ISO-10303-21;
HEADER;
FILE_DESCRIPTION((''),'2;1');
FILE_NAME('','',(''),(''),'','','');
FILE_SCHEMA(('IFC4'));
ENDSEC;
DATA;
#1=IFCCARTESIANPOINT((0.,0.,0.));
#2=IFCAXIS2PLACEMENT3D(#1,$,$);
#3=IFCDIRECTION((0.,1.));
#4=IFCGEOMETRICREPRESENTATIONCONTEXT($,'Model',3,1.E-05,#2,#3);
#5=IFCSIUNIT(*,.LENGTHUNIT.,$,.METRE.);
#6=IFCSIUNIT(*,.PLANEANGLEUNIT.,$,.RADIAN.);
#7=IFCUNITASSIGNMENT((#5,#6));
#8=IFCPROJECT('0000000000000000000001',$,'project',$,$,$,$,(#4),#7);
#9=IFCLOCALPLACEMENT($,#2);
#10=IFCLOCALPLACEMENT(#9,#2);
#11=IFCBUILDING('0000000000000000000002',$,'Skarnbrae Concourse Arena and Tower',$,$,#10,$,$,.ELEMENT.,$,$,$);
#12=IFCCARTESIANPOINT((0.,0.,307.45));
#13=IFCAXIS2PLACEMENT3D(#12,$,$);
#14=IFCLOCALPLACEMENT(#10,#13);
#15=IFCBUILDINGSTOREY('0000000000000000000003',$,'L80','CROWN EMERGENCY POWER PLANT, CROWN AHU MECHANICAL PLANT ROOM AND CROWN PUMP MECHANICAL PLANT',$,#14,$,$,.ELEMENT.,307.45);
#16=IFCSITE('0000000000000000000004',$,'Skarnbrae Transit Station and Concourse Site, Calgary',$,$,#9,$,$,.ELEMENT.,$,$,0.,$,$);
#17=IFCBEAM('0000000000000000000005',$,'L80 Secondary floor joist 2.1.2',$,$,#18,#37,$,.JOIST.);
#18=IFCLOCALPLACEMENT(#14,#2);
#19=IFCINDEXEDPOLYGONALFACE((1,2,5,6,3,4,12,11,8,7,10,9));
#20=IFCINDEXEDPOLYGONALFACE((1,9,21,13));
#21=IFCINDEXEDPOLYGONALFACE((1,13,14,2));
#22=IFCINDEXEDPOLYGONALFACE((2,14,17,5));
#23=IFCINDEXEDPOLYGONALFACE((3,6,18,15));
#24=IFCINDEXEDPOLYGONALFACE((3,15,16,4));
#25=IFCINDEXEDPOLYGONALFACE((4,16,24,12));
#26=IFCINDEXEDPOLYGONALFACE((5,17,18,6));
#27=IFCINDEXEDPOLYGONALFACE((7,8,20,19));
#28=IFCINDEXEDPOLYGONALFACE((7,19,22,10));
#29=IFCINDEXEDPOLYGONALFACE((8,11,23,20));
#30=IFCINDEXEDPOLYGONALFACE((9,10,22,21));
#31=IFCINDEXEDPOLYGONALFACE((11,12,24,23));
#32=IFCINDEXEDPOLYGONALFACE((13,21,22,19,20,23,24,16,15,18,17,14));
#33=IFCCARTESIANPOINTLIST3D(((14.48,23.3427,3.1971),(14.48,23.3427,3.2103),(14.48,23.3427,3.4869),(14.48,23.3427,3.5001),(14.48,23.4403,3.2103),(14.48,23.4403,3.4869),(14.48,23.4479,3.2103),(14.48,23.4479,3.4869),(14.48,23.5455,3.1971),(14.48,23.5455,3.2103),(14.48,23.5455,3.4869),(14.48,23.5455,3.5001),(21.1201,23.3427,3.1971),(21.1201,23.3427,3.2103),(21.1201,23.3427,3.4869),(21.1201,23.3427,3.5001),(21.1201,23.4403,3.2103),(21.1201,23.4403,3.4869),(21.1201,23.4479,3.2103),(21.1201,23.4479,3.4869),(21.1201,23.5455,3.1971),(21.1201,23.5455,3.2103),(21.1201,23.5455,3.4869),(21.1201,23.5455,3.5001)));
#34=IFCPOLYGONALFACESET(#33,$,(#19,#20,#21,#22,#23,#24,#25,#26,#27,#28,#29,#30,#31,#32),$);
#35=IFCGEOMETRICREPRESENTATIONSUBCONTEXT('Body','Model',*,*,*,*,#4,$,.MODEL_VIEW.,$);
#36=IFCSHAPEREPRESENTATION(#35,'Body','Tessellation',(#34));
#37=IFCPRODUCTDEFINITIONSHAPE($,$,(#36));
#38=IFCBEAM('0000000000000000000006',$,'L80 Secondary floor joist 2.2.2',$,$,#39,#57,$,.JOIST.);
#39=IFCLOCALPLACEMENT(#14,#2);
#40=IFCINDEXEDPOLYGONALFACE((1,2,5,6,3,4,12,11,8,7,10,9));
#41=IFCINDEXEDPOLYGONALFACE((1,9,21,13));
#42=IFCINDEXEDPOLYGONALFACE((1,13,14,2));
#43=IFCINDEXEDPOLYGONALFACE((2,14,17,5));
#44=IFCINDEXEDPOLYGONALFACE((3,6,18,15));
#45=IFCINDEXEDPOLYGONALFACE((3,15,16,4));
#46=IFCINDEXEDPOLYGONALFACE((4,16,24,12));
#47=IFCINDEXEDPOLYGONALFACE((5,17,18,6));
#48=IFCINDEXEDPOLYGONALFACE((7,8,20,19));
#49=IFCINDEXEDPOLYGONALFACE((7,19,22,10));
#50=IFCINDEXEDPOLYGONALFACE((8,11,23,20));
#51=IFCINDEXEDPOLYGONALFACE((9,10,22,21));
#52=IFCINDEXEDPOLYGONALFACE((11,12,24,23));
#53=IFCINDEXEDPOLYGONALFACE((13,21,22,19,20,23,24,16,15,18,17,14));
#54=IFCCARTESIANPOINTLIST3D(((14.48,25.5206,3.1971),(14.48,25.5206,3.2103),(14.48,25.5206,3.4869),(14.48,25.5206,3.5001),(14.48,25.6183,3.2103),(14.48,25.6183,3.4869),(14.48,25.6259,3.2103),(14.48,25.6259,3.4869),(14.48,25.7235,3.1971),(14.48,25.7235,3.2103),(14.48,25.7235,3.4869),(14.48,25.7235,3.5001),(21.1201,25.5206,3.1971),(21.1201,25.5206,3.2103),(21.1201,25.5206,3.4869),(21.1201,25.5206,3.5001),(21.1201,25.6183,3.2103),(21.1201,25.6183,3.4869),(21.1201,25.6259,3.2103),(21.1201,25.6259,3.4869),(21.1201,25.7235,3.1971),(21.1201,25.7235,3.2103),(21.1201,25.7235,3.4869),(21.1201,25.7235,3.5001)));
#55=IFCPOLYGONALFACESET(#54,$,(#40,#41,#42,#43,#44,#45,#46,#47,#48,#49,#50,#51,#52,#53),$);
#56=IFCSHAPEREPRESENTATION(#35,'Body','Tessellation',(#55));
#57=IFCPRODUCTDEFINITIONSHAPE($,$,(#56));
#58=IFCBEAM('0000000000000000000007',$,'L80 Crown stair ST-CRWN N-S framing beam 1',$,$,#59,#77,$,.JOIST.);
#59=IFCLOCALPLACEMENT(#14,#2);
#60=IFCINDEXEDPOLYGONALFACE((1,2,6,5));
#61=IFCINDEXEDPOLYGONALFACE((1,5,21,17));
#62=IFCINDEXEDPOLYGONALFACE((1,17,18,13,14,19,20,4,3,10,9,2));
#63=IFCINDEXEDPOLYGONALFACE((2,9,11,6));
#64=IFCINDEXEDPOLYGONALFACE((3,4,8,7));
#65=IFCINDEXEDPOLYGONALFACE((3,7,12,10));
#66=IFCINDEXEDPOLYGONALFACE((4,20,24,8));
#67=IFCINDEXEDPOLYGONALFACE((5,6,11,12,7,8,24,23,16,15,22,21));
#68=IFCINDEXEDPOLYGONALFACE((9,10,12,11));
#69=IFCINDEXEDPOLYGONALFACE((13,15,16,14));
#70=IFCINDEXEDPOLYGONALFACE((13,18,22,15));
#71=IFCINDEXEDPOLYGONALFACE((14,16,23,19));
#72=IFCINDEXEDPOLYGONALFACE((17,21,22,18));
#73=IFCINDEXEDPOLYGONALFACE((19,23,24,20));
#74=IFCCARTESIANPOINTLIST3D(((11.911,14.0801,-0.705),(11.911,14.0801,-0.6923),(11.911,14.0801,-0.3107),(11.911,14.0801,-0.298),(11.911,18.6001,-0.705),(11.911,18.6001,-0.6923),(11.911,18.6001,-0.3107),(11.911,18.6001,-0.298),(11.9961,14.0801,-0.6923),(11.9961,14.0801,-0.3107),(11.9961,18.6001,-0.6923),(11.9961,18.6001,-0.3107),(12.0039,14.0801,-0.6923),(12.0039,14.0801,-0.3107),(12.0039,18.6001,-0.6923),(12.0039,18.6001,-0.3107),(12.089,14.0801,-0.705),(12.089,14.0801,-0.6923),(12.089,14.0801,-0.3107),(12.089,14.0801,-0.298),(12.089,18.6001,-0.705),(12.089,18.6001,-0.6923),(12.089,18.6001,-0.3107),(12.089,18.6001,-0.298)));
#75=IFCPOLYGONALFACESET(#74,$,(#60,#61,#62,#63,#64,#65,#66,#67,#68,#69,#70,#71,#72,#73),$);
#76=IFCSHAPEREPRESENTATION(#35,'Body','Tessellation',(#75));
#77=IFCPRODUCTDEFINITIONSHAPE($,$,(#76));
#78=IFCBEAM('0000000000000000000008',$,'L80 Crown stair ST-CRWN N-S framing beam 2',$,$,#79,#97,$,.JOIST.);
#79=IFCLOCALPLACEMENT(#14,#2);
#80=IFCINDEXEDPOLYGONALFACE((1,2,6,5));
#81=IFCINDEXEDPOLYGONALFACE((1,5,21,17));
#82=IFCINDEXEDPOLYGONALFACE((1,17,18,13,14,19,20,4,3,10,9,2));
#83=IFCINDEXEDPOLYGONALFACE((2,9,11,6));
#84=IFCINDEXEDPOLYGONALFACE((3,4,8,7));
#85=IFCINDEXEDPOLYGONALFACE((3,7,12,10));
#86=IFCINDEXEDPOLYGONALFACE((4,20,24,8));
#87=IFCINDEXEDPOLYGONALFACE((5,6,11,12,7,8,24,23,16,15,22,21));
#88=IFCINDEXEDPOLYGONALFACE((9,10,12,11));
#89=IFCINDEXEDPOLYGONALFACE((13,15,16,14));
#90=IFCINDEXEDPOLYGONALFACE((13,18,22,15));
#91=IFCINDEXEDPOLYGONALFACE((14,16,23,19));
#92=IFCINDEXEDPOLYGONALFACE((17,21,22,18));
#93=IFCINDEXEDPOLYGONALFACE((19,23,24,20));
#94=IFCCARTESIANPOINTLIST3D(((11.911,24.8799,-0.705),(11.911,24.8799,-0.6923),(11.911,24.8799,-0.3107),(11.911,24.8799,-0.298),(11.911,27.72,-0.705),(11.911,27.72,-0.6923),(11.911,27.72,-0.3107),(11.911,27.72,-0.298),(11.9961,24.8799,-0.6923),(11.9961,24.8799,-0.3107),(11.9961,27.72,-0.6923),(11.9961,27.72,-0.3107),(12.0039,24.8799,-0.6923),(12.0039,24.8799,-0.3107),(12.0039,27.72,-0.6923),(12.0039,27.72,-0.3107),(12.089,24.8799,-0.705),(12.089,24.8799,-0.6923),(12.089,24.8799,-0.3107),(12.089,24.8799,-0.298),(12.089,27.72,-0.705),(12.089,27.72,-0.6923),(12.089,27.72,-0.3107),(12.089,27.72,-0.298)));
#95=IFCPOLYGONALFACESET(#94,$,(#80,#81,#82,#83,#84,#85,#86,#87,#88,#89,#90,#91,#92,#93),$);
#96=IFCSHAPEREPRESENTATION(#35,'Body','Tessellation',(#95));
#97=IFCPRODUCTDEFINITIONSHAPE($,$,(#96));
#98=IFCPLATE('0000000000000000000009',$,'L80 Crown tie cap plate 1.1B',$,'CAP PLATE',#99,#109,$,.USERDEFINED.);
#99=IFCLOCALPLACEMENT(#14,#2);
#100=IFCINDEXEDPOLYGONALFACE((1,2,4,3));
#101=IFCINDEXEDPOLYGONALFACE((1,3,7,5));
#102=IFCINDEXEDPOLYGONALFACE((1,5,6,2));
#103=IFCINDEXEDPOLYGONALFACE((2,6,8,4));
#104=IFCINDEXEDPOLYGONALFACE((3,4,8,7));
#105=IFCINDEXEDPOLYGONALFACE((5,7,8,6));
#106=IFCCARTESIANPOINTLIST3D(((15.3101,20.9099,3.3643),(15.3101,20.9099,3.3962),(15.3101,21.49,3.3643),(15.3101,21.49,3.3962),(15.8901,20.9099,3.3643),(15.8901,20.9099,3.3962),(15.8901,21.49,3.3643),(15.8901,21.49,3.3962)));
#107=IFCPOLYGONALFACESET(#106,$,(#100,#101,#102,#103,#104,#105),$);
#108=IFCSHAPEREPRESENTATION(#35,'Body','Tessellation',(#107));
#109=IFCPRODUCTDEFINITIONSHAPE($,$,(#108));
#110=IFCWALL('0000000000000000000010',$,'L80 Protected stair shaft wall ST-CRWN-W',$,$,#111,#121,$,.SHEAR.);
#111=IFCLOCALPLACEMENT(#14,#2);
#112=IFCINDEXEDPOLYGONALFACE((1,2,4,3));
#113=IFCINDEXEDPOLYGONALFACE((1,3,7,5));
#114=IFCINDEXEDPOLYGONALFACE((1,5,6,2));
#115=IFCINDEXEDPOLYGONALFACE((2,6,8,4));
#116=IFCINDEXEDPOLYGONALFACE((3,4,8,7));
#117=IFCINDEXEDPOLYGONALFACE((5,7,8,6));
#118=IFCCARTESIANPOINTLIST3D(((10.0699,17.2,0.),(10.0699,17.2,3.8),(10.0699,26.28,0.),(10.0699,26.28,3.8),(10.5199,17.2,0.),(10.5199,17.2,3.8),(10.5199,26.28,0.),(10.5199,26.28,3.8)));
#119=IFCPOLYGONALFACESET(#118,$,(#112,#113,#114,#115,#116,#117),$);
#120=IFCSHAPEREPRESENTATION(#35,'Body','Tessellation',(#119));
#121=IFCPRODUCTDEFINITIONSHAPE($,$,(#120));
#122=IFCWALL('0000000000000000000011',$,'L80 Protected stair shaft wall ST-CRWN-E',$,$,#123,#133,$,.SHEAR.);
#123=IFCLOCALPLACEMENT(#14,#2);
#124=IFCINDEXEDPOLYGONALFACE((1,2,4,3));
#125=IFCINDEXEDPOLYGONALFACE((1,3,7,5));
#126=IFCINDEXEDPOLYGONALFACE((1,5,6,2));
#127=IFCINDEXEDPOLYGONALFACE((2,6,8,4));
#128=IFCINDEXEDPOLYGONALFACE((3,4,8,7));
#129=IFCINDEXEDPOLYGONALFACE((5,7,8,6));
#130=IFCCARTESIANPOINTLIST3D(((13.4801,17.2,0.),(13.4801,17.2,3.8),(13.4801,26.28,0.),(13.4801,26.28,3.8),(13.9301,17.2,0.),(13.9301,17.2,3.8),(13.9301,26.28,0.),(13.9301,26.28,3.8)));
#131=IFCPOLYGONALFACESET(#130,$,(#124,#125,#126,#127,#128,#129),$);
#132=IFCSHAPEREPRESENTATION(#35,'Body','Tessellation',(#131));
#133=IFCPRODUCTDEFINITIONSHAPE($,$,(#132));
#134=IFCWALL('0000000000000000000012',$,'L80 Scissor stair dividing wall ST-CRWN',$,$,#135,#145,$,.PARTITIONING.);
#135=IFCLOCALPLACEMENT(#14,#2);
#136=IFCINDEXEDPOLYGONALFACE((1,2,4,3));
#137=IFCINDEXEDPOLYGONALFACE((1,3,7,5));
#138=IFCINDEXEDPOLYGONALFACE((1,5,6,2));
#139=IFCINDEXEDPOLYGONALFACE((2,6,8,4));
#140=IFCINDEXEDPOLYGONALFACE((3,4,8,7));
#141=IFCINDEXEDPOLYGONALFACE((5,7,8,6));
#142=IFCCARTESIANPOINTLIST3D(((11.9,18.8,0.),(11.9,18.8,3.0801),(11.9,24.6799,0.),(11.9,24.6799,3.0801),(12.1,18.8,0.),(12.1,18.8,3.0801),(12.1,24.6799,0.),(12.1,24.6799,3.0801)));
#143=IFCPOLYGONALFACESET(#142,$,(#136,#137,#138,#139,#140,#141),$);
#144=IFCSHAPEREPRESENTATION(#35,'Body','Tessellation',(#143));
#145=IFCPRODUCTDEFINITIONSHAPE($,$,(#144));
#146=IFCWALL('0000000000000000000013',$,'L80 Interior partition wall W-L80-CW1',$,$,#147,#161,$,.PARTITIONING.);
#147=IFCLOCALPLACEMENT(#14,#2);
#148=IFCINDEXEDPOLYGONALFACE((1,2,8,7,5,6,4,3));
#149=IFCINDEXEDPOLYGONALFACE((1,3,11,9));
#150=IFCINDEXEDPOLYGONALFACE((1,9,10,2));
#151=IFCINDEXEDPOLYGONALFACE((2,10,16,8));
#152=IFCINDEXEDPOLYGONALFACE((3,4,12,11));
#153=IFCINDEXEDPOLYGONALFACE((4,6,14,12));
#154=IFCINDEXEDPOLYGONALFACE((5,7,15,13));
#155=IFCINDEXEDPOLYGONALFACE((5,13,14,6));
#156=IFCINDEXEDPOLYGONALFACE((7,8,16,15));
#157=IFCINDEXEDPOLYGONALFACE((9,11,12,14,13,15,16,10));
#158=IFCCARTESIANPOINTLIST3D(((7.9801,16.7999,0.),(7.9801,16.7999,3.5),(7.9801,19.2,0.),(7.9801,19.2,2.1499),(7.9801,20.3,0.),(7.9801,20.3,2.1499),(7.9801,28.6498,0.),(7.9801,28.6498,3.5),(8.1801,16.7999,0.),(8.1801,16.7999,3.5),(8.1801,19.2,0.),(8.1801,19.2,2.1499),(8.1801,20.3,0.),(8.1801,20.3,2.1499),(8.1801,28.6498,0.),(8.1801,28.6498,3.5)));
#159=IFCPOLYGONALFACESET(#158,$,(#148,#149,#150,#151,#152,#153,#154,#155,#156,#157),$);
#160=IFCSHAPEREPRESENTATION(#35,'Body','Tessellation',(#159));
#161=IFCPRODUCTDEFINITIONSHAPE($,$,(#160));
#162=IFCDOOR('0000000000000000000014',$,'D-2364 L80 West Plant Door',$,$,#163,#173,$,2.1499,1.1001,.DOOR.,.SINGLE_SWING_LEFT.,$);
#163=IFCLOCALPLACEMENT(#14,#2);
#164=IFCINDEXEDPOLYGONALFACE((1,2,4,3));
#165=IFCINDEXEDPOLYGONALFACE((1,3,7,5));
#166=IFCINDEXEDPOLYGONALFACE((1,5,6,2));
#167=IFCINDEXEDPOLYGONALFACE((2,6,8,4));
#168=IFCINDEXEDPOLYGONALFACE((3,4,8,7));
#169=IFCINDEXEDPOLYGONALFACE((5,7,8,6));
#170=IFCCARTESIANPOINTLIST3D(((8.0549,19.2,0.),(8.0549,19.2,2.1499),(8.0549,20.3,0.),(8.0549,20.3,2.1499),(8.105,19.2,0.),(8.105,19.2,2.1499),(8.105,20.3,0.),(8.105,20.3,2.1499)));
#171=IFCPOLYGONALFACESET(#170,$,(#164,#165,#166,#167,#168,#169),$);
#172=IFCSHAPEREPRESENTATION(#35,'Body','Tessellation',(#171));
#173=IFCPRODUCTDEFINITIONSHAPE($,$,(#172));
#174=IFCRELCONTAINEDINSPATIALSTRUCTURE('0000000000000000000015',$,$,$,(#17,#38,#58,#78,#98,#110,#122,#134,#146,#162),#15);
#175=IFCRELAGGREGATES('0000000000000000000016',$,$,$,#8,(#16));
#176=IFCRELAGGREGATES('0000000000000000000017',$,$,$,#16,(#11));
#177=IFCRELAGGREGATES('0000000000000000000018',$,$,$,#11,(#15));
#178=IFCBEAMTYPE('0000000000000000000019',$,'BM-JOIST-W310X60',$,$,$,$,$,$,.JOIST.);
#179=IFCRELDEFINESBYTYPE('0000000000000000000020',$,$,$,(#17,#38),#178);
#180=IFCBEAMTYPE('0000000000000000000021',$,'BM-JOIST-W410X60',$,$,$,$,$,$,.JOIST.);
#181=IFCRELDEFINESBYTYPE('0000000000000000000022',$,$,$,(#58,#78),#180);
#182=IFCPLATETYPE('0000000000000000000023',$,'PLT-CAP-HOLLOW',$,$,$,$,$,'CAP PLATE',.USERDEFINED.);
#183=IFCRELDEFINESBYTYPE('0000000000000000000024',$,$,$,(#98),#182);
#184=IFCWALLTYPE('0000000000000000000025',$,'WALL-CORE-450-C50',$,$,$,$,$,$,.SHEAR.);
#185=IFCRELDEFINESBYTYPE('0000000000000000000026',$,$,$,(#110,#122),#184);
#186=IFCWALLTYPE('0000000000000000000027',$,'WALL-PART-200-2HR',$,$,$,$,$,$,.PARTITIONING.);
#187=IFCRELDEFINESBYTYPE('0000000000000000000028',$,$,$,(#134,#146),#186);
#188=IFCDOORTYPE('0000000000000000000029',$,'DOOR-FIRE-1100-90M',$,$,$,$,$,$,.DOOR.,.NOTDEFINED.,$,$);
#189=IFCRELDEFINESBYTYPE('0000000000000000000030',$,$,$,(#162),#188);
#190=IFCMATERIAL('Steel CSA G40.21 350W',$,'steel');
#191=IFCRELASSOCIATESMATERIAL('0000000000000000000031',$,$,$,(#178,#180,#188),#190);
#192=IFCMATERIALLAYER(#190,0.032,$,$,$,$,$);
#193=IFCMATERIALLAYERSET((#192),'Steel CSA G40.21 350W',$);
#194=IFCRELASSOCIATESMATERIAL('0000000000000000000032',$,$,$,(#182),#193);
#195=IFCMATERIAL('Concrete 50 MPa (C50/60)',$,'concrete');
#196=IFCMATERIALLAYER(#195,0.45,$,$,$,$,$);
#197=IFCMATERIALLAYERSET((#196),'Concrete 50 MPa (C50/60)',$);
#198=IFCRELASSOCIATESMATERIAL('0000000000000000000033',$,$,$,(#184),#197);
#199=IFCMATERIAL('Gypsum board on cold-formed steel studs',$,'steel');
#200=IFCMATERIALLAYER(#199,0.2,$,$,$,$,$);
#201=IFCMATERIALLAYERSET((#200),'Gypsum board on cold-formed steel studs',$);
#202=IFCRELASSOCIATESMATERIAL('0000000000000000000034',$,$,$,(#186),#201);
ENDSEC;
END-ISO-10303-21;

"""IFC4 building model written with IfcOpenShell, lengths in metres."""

from ifc_helpers import new_model, si_unit, direction, frame, frame_2d, origin, origin_2d, place, context, subcontext, project, spatial, rectangle, i_section, extrude, source, transform, mapped, material, layer, layer_set, material_profile, profile_set, type_object, element, fill, save


model = new_model("IFC4")

# Units and contexts
model_context = context("Model", 3, precision=1e-05, world=origin(), true_north=direction((0.0, 1.0)))
body_context = subcontext(model_context, "Body", "Model", "MODEL_VIEW")
ifc_project = project(units=[si_unit("LENGTHUNIT", "METRE"), si_unit("PLANEANGLEUNIT", "RADIAN")], contexts=[model_context])

# Site, building, storey
site_placement = place(None, origin())
site = spatial("IfcSite", under=ifc_project, at=site_placement, Name="Skarnbrae Transit Station and Concourse Site, Calgary", CompositionType="ELEMENT", RefElevation=0.0)
building_placement = place(site_placement, origin())
building = spatial("IfcBuilding", under=site, at=building_placement, Name="Skarnbrae Concourse Arena and Tower", CompositionType="ELEMENT")
storey_placement = place(building_placement, frame((0.0, 0.0, 307.45)))
storey = spatial("IfcBuildingStorey", under=building, at=storey_placement, Name="L80", Description="CROWN EMERGENCY POWER PLANT, CROWN AHU MECHANICAL PLANT ROOM AND CROWN PUMP MECHANICAL PLANT", CompositionType="ELEMENT", Elevation=307.45)

# Shared definitions
ifc_material_1 = material(Name="Steel CSA G40.21 350W", Category="steel")

# Beams
ifc_material_profile_1 = material_profile(ifc_material_1, i_section(OverallWidth=0.2029, OverallDepth=0.303, WebThickness=0.0076, FlangeThickness=0.0132, at=origin_2d()), Name="W310X60")
ifc_profile_set_1 = profile_set([ifc_material_profile_1], Name="Steel CSA G40.21 350W")
beam_type_1 = type_object("IfcBeamType", Name="BM-JOIST-W310X60", PredefinedType="JOIST", material=ifc_profile_set_1)
shared_shape_1 = source(origin(), body_context, "Body", "SweptSolid", [
    extrude(i_section(OverallWidth=0.2029, OverallDepth=0.303, WebThickness=0.0076, FlangeThickness=0.0132, at=origin_2d()), origin(), (0.0, 0.0, 1.0), 6.6401),
])
for number, where, z_axis, x_axis, name in (
    (1, (14.48, 23.4441, 3.3486), (1.0, 0.0, 0.0), (0.0, 1.0, 0.0), "L80 Secondary floor joist 2.1.2"),
    (2, (14.48, 25.6221, 3.3486), (1.0, 0.0, 0.0), (0.0, 1.0, 0.0), "L80 Secondary floor joist 2.2.2"),
):
    element("IfcBeam", number, at=place(storey_placement, frame(where, z_axis=z_axis, x_axis=x_axis)), inside=storey, type_object=beam_type_1, Name=name, PredefinedType="JOIST", context=body_context, shape_type="MappedRepresentation", body=[
        mapped(shared_shape_1, transform((0.0, 0.0, 0.0))),
    ])
ifc_material_profile_2 = material_profile(ifc_material_1, i_section(OverallWidth=0.178, OverallDepth=0.407, WebThickness=0.0078, FlangeThickness=0.0127, at=origin_2d()), Name="W410X60")
ifc_profile_set_2 = profile_set([ifc_material_profile_2], Name="Steel CSA G40.21 350W")
beam_type_2 = type_object("IfcBeamType", Name="BM-JOIST-W410X60", PredefinedType="JOIST", material=ifc_profile_set_2)
shared_shape_2 = source(origin(), body_context, "Body", "SweptSolid", [
    extrude(i_section(OverallWidth=0.178, OverallDepth=0.407, WebThickness=0.0078, FlangeThickness=0.0127, at=origin_2d()), origin(), (0.0, 0.0, 1.0), 4.52),
])
beam_1_placement = place(storey_placement, frame((12.0, 14.0801, -0.5015), z_axis=(0.0, 1.0, 0.0), x_axis=(-1.0, 0.0, 0.0)))
element("IfcBeam", 3, at=beam_1_placement, inside=storey, type_object=beam_type_2, Name="L80 Crown stair ST-CRWN N-S framing beam 1", PredefinedType="JOIST", context=body_context, shape_type="MappedRepresentation", body=[
    mapped(shared_shape_2, transform((0.0, 0.0, 0.0))),
])
shared_shape_3 = source(origin(), body_context, "Body", "SweptSolid", [
    extrude(i_section(OverallWidth=0.178, OverallDepth=0.407, WebThickness=0.0078, FlangeThickness=0.0127, at=origin_2d()), origin(), (0.0, 0.0, 1.0), 2.8401),
])
beam_2_placement = place(storey_placement, frame((12.0, 24.8799, -0.5015), z_axis=(0.0, 1.0, 0.0), x_axis=(-1.0, 0.0, 0.0)))
element("IfcBeam", 4, at=beam_2_placement, inside=storey, type_object=beam_type_2, Name="L80 Crown stair ST-CRWN N-S framing beam 2", PredefinedType="JOIST", context=body_context, shape_type="MappedRepresentation", body=[
    mapped(shared_shape_3, transform((0.0, 0.0, 0.0))),
])

# Plate
ifc_layer_1 = layer(ifc_material_1, 0.032)
ifc_layer_set_1 = layer_set([ifc_layer_1], Name="Steel CSA G40.21 350W")
plate_type = type_object("IfcPlateType", Name="PLT-CAP-HOLLOW", ElementType="CAP PLATE", PredefinedType="USERDEFINED", material=ifc_layer_set_1)
shared_shape_4 = source(origin(), body_context, "Body", "SweptSolid", [
    extrude(rectangle(XDim=0.5801, YDim=0.5801, at=origin_2d()), origin(), (0.0, 0.0, 1.0), 0.032),
])
plate_placement = place(storey_placement, frame((15.6001, 21.2, 3.3643), z_axis=(0.0, 0.0, 1.0), x_axis=(1.0, 0.0, 0.0)))
element("IfcPlate", 5, at=plate_placement, inside=storey, type_object=plate_type, Name="L80 Crown tie cap plate 1.1B", ObjectType="CAP PLATE", PredefinedType="USERDEFINED", context=body_context, shape_type="MappedRepresentation", body=[
    mapped(shared_shape_4, transform((0.0, 0.0, 0.0))),
])

# Shared definitions
ifc_material_2 = material(Name="Concrete 50 MPa (C50/60)", Category="concrete")
ifc_layer_2 = layer(ifc_material_2, 0.45)
ifc_layer_set_2 = layer_set([ifc_layer_2], Name="Concrete 50 MPa (C50/60)")
wall_type_1 = type_object("IfcWallType", Name="WALL-CORE-450-C50", PredefinedType="SHEAR", material=ifc_layer_set_2)
door_type = type_object("IfcDoorType", Name="DOOR-FIRE-1100-90M", OperationType="NOTDEFINED", PredefinedType="DOOR", material=ifc_material_1)
shared_shape_5 = source(origin(), body_context, "Body", "SweptSolid", [
    extrude(rectangle(XDim=1.1001, YDim=2.1499, at=frame_2d((0.55, 1.075))), frame((0.0, 0.0249, 0.0), z_axis=(0.0, -1.0, 0.0), x_axis=(1.0, 0.0, 0.0)), (0.0, 0.0, 1.0), 0.05),
])

# Walls
shared_shape_6 = source(origin(), body_context, "Body", "SweptSolid", [
    extrude(rectangle(XDim=9.0801, YDim=0.45, at=frame_2d((4.54, 0.0))), origin(), (0.0, 0.0, 1.0), 3.8),
])
for number, where, z_axis, x_axis, name in (
    (6, (10.2949, 17.2, 0.0), (0.0, 0.0, 1.0), (0.0, 1.0, 0.0), "L80 Protected stair shaft wall ST-CRWN-W"),
    (7, (13.7051, 17.2, 0.0), (0.0, 0.0, 1.0), (0.0, 1.0, 0.0), "L80 Protected stair shaft wall ST-CRWN-E"),
):
    element("IfcWall", number, at=place(storey_placement, frame(where, z_axis=z_axis, x_axis=x_axis)), inside=storey, type_object=wall_type_1, Name=name, PredefinedType="SHEAR", context=body_context, shape_type="MappedRepresentation", body=[
        mapped(shared_shape_6, transform((0.0, 0.0, 0.0))),
    ])
ifc_material_3 = material(Name="Gypsum board on cold-formed steel studs", Category="steel")
ifc_layer_3 = layer(ifc_material_3, 0.2)
ifc_layer_set_3 = layer_set([ifc_layer_3], Name="Gypsum board on cold-formed steel studs")
wall_type_2 = type_object("IfcWallType", Name="WALL-PART-200-2HR", PredefinedType="PARTITIONING", material=ifc_layer_set_3)
shared_shape_7 = source(origin(), body_context, "Body", "SweptSolid", [
    extrude(rectangle(XDim=5.8799, YDim=0.2, at=frame_2d((2.9399, 0.0))), origin(), (0.0, 0.0, 1.0), 3.0801),
])
wall_1_placement = place(storey_placement, frame((12.0, 18.8, 0.0), z_axis=(0.0, 0.0, 1.0), x_axis=(0.0, 1.0, 0.0)))
element("IfcWall", 8, at=wall_1_placement, inside=storey, type_object=wall_type_2, Name="L80 Scissor stair dividing wall ST-CRWN", PredefinedType="PARTITIONING", context=body_context, shape_type="MappedRepresentation", body=[
    mapped(shared_shape_7, transform((0.0, 0.0, 0.0))),
])

# Wall, opening, door
shared_shape_8 = source(origin(), body_context, "Body", "SweptSolid", [
    extrude(rectangle(XDim=11.8499, YDim=0.2, at=frame_2d((5.9248, 0.0))), origin(), (0.0, 0.0, 1.0), 3.5),
])
wall_2_placement = place(storey_placement, frame((8.0801, 16.8, 0.0), z_axis=(0.0, 0.0, 1.0), x_axis=(0.0, 1.0, 0.0)))
wall_2 = element("IfcWall", 9, at=wall_2_placement, inside=storey, type_object=wall_type_2, Name="L80 Interior partition wall W-L80-CW1", PredefinedType="PARTITIONING", context=body_context, shape_type="MappedRepresentation", body=[
    mapped(shared_shape_8, transform((0.0, 0.0, 0.0))),
])
opening_1_placement = place(wall_2_placement, frame((2.3999, 0.0, 0.0)))
opening_1 = element("IfcOpeningElement", 10, at=opening_1_placement, cuts=wall_2, PredefinedType="OPENING", context=body_context, shape_type="SweptSolid", body=[
    extrude(rectangle(XDim=1.1001, YDim=2.1499, at=frame_2d((0.55, 1.075))), frame((0.0, 0.1099, 0.0), z_axis=(0.0, -1.0, 0.0), x_axis=(1.0, 0.0, 0.0)), (0.0, 0.0, 1.0), 0.22),
])
door_1_placement = place(opening_1_placement, frame((1.1001, 0.0, 0.0), z_axis=(0.0, 0.0, 1.0), x_axis=(-1.0, 0.0, 0.0)))
door_1 = element("IfcDoor", 11, at=door_1_placement, inside=storey, type_object=door_type, Name="D-2364 L80 West Plant Door", OperationType="SINGLE_SWING_LEFT", OverallHeight=2.1499, OverallWidth=1.1001, PredefinedType="DOOR", context=body_context, shape_type="MappedRepresentation", body=[
    mapped(shared_shape_5, transform((0.0, 0.0, 0.0))),
])
fill(opening_1, door_1)

save(model, "model.ifc")
